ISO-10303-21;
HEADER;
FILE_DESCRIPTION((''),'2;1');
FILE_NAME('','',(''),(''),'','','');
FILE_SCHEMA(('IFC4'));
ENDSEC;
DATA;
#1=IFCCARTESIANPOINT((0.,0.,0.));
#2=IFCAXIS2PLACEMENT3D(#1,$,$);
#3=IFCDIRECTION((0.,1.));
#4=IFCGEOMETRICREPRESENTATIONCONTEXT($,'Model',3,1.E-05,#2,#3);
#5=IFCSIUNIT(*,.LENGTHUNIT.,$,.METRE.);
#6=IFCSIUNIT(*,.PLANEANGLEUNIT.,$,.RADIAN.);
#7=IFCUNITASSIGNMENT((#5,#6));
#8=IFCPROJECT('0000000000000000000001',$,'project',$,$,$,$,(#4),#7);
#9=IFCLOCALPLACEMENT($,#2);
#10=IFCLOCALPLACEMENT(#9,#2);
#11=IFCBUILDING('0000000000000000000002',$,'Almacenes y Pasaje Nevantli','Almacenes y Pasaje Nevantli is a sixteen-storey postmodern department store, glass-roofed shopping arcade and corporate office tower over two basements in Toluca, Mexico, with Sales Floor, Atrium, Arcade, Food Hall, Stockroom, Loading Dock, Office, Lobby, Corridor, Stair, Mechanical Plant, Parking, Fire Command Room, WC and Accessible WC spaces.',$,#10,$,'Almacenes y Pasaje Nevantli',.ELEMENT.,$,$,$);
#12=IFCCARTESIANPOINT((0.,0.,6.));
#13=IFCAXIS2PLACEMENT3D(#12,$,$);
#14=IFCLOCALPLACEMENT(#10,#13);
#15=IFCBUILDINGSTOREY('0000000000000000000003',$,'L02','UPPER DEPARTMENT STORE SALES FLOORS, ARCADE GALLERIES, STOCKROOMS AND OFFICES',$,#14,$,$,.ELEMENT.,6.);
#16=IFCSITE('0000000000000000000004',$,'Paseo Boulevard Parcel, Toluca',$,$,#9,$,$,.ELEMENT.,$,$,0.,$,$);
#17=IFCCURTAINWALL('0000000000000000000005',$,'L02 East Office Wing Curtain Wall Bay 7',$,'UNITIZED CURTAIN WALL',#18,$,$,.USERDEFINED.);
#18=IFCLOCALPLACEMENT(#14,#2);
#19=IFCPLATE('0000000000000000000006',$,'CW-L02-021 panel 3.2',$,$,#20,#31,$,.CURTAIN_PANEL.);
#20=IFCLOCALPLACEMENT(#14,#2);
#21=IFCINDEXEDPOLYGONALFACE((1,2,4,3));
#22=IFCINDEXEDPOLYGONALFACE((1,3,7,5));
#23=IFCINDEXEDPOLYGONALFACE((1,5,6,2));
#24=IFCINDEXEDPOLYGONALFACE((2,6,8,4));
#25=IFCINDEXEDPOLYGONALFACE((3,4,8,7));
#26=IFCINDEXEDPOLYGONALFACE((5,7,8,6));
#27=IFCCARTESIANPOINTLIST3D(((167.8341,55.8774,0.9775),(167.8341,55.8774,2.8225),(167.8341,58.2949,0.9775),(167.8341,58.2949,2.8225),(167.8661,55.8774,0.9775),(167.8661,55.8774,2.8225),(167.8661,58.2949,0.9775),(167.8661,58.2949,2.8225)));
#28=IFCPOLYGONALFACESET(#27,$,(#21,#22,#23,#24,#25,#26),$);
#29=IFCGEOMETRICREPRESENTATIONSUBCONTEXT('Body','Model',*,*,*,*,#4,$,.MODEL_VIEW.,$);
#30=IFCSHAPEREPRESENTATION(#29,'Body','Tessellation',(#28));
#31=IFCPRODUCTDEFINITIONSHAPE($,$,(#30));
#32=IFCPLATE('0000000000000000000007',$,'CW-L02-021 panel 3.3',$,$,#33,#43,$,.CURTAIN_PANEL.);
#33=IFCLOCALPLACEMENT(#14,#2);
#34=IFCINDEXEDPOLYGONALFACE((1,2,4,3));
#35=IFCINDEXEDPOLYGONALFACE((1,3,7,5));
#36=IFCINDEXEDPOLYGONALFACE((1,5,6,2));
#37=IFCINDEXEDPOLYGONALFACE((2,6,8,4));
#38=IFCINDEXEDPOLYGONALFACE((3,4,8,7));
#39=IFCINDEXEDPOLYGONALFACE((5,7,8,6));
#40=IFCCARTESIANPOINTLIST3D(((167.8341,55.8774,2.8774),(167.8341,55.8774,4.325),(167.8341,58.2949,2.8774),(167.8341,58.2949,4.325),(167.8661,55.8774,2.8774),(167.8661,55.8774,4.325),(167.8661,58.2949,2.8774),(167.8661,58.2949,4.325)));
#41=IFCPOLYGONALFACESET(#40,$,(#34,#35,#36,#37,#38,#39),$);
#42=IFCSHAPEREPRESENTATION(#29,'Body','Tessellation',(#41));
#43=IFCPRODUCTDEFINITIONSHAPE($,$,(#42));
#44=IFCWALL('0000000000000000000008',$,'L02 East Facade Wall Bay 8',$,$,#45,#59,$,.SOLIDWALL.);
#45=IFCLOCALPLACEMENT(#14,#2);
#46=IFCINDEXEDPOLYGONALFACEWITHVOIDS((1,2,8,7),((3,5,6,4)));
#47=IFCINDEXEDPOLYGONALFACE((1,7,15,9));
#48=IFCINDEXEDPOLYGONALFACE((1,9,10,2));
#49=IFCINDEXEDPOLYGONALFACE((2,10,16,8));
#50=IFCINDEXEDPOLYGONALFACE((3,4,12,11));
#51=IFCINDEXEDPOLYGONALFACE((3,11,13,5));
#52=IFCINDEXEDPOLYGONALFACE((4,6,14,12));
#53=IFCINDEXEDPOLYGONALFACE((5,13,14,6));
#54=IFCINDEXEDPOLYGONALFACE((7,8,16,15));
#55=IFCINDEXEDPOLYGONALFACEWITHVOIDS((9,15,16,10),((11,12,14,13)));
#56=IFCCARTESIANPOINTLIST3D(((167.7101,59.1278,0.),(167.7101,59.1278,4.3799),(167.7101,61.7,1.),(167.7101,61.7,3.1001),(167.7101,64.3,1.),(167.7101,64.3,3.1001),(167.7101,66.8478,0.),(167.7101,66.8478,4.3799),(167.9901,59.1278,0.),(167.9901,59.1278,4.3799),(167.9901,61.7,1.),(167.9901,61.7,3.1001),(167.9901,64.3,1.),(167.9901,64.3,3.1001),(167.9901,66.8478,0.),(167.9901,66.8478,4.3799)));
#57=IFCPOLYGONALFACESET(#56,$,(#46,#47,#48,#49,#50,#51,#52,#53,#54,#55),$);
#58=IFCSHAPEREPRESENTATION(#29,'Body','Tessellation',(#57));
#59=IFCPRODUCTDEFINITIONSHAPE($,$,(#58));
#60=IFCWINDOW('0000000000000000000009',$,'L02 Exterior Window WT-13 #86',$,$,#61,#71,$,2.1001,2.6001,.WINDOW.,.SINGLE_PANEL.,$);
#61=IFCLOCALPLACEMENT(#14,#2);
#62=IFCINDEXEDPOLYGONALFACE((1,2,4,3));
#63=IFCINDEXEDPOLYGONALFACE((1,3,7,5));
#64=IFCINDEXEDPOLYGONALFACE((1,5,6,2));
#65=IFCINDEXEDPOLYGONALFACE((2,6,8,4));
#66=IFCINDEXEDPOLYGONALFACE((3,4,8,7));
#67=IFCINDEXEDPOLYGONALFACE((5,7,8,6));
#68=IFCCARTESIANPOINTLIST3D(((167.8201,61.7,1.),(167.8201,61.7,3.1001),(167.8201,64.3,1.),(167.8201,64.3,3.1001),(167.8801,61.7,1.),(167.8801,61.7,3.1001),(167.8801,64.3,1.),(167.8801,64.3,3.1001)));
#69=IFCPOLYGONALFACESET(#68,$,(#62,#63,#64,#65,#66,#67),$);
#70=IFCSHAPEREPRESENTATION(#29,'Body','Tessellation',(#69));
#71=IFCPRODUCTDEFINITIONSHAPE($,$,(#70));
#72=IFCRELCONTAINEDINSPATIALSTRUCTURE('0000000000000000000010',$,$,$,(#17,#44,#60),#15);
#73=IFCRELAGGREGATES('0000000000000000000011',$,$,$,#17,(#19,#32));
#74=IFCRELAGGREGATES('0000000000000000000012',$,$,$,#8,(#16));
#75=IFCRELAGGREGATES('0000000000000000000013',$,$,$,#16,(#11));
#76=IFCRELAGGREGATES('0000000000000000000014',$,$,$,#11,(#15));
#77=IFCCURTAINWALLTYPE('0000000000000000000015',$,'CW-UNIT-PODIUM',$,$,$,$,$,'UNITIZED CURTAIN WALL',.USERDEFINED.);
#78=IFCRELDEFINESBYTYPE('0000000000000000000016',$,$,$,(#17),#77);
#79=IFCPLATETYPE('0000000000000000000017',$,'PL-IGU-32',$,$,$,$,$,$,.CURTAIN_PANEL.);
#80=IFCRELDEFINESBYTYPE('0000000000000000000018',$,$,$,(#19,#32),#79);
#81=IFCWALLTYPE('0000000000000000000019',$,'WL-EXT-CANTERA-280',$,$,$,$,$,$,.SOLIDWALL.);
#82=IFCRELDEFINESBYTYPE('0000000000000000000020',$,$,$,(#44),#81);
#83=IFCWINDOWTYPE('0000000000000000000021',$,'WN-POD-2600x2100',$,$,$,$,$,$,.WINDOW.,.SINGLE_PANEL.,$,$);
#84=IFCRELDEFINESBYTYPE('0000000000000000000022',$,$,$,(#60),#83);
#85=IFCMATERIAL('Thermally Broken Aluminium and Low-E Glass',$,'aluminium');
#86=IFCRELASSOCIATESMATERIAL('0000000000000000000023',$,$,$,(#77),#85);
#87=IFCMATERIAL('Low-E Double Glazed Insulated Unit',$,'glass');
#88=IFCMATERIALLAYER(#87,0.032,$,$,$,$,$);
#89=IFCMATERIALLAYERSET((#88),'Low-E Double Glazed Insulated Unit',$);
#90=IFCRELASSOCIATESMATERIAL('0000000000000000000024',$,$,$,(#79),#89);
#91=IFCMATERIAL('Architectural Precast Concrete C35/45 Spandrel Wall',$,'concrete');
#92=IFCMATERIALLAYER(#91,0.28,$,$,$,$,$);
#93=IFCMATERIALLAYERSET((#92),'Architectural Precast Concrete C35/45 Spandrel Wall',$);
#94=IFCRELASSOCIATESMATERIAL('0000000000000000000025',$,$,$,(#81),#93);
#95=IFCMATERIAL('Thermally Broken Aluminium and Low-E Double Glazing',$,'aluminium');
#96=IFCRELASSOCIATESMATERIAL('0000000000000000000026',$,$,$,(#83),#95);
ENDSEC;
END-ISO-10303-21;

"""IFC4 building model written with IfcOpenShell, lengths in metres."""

from ifc_helpers import new_model, si_unit, direction, frame, frame_2d, origin, origin_2d, place, context, subcontext, project, spatial, rectangle, extrude, material, layer, layer_set, type_object, element, fill, aggregate, save


model = new_model("IFC4")

# Units and contexts
model_context = context("Model", 3, precision=1e-05, world=origin(), true_north=direction((0.0, 1.0)))
body_context = subcontext(model_context, "Body", "Model", "MODEL_VIEW")
ifc_project = project(units=[si_unit("LENGTHUNIT", "METRE"), si_unit("PLANEANGLEUNIT", "RADIAN")], contexts=[model_context])

# Site, building, storey
site_placement = place(None, origin())
site = spatial("IfcSite", under=ifc_project, at=site_placement, Name="Paseo Boulevard Parcel, Toluca", CompositionType="ELEMENT", RefElevation=0.0)
building_placement = place(site_placement, origin())
building = spatial("IfcBuilding", under=site, at=building_placement, Name="Almacenes y Pasaje Nevantli", Description="Almacenes y Pasaje Nevantli is a sixteen-storey postmodern department store, glass-roofed shopping arcade and corporate office tower over two basements in Toluca, Mexico, with Sales Floor, Atrium, Arcade, Food Hall, Stockroom, Loading Dock, Office, Lobby, Corridor, Stair, Mechanical Plant, Parking, Fire Command Room, WC and Accessible WC spaces.", LongName="Almacenes y Pasaje Nevantli", CompositionType="ELEMENT")
storey_placement = place(building_placement, frame((0.0, 0.0, 6.0)))
storey = spatial("IfcBuildingStorey", under=building, at=storey_placement, Name="L02", Description="UPPER DEPARTMENT STORE SALES FLOORS, ARCADE GALLERIES, STOCKROOMS AND OFFICES", CompositionType="ELEMENT", Elevation=6.0)

# Curtain wall
ifc_material_1 = material(Name="Thermally Broken Aluminium and Low-E Glass", Category="aluminium")
curtain_wall_type = type_object("IfcCurtainWallType", Name="CW-UNIT-PODIUM", ElementType="UNITIZED CURTAIN WALL", PredefinedType="USERDEFINED", material=ifc_material_1)
curtain_wall_1_placement = place(storey_placement, origin())
curtain_wall_1 = element("IfcCurtainWall", 1, at=curtain_wall_1_placement, inside=storey, type_object=curtain_wall_type, Name="L02 East Office Wing Curtain Wall Bay 7", ObjectType="UNITIZED CURTAIN WALL", PredefinedType="USERDEFINED")

# Plates
ifc_material_2 = material(Name="Low-E Double Glazed Insulated Unit", Category="glass")
ifc_layer_1 = layer(ifc_material_2, 0.032)
ifc_layer_set_1 = layer_set([ifc_layer_1], Name="Low-E Double Glazed Insulated Unit")
plate_type = type_object("IfcPlateType", Name="PL-IGU-32", PredefinedType="CURTAIN_PANEL", material=ifc_layer_set_1)
plate_1_placement = place(storey_placement, frame((167.8501, 57.0862, 0.9775), z_axis=(0.0, 0.0, 1.0), x_axis=(0.0, 1.0, 0.0)))
plate_1 = element("IfcPlate", 2, at=plate_1_placement, type_object=plate_type, Name="CW-L02-021 panel 3.2", PredefinedType="CURTAIN_PANEL", context=body_context, shape_type="SweptSolid", body=[
    extrude(rectangle(XDim=2.4175, YDim=0.032, at=origin_2d()), origin(), (0.0, 0.0, 1.0), 1.845),
])
plate_2_placement = place(storey_placement, frame((167.8501, 57.0862, 2.8774), z_axis=(0.0, 0.0, 1.0), x_axis=(0.0, 1.0, 0.0)))
plate_2 = element("IfcPlate", 3, at=plate_2_placement, type_object=plate_type, Name="CW-L02-021 panel 3.3", PredefinedType="CURTAIN_PANEL", context=body_context, shape_type="SweptSolid", body=[
    extrude(rectangle(XDim=2.4175, YDim=0.032, at=origin_2d()), origin(), (0.0, 0.0, 1.0), 1.4475),
])
aggregate(curtain_wall_1, [plate_1, plate_2])

# Wall, opening, window
ifc_material_3 = material(Name="Architectural Precast Concrete C35/45 Spandrel Wall", Category="concrete")
ifc_layer_2 = layer(ifc_material_3, 0.28)
ifc_layer_set_2 = layer_set([ifc_layer_2], Name="Architectural Precast Concrete C35/45 Spandrel Wall")
wall_type = type_object("IfcWallType", Name="WL-EXT-CANTERA-280", PredefinedType="SOLIDWALL", material=ifc_layer_set_2)
wall_placement = place(storey_placement, frame((167.8501, 59.1279, 0.0), z_axis=(0.0, 0.0, 1.0), x_axis=(0.0, 1.0, 0.0)))
wall = element("IfcWall", 4, at=wall_placement, inside=storey, type_object=wall_type, Name="L02 East Facade Wall Bay 8", PredefinedType="SOLIDWALL", context=body_context, shape_type="SweptSolid", body=[
    extrude(rectangle(XDim=7.72, YDim=0.28, at=frame_2d((3.8599, 0.0))), origin(), (0.0, 0.0, 1.0), 4.3799),
])
opening_placement = place(wall_placement, frame((2.572, 0.0, 1.0)))
opening = element("IfcOpeningElement", 5, at=opening_placement, cuts=wall, PredefinedType="OPENING", context=body_context, shape_type="SweptSolid", body=[
    extrude(rectangle(XDim=2.6001, YDim=2.1001, at=frame_2d((1.3, 1.05))), frame((0.0, 0.1499, 0.0), z_axis=(0.0, -1.0, 0.0), x_axis=(1.0, 0.0, 0.0)), (0.0, 0.0, 1.0), 0.3),
])
ifc_material_4 = material(Name="Thermally Broken Aluminium and Low-E Double Glazing", Category="aluminium")
window_type = type_object("IfcWindowType", Name="WN-POD-2600x2100", PartitioningType="SINGLE_PANEL", PredefinedType="WINDOW", material=ifc_material_4)
window_placement = place(opening_placement, origin())
window = element("IfcWindow", 6, at=window_placement, inside=storey, type_object=window_type, Name="L02 Exterior Window WT-13 #86", OverallHeight=2.1001, OverallWidth=2.6001, PartitioningType="SINGLE_PANEL", PredefinedType="WINDOW", context=body_context, shape_type="SweptSolid", body=[
    extrude(rectangle(XDim=2.6001, YDim=2.1001, at=frame_2d((1.3, 1.05))), frame((0.0, 0.03, 0.0), z_axis=(0.0, -1.0, 0.0), x_axis=(1.0, 0.0, 0.0)), (0.0, 0.0, 1.0), 0.0601),
])
fill(opening, window)

save(model, "model.ifc")
